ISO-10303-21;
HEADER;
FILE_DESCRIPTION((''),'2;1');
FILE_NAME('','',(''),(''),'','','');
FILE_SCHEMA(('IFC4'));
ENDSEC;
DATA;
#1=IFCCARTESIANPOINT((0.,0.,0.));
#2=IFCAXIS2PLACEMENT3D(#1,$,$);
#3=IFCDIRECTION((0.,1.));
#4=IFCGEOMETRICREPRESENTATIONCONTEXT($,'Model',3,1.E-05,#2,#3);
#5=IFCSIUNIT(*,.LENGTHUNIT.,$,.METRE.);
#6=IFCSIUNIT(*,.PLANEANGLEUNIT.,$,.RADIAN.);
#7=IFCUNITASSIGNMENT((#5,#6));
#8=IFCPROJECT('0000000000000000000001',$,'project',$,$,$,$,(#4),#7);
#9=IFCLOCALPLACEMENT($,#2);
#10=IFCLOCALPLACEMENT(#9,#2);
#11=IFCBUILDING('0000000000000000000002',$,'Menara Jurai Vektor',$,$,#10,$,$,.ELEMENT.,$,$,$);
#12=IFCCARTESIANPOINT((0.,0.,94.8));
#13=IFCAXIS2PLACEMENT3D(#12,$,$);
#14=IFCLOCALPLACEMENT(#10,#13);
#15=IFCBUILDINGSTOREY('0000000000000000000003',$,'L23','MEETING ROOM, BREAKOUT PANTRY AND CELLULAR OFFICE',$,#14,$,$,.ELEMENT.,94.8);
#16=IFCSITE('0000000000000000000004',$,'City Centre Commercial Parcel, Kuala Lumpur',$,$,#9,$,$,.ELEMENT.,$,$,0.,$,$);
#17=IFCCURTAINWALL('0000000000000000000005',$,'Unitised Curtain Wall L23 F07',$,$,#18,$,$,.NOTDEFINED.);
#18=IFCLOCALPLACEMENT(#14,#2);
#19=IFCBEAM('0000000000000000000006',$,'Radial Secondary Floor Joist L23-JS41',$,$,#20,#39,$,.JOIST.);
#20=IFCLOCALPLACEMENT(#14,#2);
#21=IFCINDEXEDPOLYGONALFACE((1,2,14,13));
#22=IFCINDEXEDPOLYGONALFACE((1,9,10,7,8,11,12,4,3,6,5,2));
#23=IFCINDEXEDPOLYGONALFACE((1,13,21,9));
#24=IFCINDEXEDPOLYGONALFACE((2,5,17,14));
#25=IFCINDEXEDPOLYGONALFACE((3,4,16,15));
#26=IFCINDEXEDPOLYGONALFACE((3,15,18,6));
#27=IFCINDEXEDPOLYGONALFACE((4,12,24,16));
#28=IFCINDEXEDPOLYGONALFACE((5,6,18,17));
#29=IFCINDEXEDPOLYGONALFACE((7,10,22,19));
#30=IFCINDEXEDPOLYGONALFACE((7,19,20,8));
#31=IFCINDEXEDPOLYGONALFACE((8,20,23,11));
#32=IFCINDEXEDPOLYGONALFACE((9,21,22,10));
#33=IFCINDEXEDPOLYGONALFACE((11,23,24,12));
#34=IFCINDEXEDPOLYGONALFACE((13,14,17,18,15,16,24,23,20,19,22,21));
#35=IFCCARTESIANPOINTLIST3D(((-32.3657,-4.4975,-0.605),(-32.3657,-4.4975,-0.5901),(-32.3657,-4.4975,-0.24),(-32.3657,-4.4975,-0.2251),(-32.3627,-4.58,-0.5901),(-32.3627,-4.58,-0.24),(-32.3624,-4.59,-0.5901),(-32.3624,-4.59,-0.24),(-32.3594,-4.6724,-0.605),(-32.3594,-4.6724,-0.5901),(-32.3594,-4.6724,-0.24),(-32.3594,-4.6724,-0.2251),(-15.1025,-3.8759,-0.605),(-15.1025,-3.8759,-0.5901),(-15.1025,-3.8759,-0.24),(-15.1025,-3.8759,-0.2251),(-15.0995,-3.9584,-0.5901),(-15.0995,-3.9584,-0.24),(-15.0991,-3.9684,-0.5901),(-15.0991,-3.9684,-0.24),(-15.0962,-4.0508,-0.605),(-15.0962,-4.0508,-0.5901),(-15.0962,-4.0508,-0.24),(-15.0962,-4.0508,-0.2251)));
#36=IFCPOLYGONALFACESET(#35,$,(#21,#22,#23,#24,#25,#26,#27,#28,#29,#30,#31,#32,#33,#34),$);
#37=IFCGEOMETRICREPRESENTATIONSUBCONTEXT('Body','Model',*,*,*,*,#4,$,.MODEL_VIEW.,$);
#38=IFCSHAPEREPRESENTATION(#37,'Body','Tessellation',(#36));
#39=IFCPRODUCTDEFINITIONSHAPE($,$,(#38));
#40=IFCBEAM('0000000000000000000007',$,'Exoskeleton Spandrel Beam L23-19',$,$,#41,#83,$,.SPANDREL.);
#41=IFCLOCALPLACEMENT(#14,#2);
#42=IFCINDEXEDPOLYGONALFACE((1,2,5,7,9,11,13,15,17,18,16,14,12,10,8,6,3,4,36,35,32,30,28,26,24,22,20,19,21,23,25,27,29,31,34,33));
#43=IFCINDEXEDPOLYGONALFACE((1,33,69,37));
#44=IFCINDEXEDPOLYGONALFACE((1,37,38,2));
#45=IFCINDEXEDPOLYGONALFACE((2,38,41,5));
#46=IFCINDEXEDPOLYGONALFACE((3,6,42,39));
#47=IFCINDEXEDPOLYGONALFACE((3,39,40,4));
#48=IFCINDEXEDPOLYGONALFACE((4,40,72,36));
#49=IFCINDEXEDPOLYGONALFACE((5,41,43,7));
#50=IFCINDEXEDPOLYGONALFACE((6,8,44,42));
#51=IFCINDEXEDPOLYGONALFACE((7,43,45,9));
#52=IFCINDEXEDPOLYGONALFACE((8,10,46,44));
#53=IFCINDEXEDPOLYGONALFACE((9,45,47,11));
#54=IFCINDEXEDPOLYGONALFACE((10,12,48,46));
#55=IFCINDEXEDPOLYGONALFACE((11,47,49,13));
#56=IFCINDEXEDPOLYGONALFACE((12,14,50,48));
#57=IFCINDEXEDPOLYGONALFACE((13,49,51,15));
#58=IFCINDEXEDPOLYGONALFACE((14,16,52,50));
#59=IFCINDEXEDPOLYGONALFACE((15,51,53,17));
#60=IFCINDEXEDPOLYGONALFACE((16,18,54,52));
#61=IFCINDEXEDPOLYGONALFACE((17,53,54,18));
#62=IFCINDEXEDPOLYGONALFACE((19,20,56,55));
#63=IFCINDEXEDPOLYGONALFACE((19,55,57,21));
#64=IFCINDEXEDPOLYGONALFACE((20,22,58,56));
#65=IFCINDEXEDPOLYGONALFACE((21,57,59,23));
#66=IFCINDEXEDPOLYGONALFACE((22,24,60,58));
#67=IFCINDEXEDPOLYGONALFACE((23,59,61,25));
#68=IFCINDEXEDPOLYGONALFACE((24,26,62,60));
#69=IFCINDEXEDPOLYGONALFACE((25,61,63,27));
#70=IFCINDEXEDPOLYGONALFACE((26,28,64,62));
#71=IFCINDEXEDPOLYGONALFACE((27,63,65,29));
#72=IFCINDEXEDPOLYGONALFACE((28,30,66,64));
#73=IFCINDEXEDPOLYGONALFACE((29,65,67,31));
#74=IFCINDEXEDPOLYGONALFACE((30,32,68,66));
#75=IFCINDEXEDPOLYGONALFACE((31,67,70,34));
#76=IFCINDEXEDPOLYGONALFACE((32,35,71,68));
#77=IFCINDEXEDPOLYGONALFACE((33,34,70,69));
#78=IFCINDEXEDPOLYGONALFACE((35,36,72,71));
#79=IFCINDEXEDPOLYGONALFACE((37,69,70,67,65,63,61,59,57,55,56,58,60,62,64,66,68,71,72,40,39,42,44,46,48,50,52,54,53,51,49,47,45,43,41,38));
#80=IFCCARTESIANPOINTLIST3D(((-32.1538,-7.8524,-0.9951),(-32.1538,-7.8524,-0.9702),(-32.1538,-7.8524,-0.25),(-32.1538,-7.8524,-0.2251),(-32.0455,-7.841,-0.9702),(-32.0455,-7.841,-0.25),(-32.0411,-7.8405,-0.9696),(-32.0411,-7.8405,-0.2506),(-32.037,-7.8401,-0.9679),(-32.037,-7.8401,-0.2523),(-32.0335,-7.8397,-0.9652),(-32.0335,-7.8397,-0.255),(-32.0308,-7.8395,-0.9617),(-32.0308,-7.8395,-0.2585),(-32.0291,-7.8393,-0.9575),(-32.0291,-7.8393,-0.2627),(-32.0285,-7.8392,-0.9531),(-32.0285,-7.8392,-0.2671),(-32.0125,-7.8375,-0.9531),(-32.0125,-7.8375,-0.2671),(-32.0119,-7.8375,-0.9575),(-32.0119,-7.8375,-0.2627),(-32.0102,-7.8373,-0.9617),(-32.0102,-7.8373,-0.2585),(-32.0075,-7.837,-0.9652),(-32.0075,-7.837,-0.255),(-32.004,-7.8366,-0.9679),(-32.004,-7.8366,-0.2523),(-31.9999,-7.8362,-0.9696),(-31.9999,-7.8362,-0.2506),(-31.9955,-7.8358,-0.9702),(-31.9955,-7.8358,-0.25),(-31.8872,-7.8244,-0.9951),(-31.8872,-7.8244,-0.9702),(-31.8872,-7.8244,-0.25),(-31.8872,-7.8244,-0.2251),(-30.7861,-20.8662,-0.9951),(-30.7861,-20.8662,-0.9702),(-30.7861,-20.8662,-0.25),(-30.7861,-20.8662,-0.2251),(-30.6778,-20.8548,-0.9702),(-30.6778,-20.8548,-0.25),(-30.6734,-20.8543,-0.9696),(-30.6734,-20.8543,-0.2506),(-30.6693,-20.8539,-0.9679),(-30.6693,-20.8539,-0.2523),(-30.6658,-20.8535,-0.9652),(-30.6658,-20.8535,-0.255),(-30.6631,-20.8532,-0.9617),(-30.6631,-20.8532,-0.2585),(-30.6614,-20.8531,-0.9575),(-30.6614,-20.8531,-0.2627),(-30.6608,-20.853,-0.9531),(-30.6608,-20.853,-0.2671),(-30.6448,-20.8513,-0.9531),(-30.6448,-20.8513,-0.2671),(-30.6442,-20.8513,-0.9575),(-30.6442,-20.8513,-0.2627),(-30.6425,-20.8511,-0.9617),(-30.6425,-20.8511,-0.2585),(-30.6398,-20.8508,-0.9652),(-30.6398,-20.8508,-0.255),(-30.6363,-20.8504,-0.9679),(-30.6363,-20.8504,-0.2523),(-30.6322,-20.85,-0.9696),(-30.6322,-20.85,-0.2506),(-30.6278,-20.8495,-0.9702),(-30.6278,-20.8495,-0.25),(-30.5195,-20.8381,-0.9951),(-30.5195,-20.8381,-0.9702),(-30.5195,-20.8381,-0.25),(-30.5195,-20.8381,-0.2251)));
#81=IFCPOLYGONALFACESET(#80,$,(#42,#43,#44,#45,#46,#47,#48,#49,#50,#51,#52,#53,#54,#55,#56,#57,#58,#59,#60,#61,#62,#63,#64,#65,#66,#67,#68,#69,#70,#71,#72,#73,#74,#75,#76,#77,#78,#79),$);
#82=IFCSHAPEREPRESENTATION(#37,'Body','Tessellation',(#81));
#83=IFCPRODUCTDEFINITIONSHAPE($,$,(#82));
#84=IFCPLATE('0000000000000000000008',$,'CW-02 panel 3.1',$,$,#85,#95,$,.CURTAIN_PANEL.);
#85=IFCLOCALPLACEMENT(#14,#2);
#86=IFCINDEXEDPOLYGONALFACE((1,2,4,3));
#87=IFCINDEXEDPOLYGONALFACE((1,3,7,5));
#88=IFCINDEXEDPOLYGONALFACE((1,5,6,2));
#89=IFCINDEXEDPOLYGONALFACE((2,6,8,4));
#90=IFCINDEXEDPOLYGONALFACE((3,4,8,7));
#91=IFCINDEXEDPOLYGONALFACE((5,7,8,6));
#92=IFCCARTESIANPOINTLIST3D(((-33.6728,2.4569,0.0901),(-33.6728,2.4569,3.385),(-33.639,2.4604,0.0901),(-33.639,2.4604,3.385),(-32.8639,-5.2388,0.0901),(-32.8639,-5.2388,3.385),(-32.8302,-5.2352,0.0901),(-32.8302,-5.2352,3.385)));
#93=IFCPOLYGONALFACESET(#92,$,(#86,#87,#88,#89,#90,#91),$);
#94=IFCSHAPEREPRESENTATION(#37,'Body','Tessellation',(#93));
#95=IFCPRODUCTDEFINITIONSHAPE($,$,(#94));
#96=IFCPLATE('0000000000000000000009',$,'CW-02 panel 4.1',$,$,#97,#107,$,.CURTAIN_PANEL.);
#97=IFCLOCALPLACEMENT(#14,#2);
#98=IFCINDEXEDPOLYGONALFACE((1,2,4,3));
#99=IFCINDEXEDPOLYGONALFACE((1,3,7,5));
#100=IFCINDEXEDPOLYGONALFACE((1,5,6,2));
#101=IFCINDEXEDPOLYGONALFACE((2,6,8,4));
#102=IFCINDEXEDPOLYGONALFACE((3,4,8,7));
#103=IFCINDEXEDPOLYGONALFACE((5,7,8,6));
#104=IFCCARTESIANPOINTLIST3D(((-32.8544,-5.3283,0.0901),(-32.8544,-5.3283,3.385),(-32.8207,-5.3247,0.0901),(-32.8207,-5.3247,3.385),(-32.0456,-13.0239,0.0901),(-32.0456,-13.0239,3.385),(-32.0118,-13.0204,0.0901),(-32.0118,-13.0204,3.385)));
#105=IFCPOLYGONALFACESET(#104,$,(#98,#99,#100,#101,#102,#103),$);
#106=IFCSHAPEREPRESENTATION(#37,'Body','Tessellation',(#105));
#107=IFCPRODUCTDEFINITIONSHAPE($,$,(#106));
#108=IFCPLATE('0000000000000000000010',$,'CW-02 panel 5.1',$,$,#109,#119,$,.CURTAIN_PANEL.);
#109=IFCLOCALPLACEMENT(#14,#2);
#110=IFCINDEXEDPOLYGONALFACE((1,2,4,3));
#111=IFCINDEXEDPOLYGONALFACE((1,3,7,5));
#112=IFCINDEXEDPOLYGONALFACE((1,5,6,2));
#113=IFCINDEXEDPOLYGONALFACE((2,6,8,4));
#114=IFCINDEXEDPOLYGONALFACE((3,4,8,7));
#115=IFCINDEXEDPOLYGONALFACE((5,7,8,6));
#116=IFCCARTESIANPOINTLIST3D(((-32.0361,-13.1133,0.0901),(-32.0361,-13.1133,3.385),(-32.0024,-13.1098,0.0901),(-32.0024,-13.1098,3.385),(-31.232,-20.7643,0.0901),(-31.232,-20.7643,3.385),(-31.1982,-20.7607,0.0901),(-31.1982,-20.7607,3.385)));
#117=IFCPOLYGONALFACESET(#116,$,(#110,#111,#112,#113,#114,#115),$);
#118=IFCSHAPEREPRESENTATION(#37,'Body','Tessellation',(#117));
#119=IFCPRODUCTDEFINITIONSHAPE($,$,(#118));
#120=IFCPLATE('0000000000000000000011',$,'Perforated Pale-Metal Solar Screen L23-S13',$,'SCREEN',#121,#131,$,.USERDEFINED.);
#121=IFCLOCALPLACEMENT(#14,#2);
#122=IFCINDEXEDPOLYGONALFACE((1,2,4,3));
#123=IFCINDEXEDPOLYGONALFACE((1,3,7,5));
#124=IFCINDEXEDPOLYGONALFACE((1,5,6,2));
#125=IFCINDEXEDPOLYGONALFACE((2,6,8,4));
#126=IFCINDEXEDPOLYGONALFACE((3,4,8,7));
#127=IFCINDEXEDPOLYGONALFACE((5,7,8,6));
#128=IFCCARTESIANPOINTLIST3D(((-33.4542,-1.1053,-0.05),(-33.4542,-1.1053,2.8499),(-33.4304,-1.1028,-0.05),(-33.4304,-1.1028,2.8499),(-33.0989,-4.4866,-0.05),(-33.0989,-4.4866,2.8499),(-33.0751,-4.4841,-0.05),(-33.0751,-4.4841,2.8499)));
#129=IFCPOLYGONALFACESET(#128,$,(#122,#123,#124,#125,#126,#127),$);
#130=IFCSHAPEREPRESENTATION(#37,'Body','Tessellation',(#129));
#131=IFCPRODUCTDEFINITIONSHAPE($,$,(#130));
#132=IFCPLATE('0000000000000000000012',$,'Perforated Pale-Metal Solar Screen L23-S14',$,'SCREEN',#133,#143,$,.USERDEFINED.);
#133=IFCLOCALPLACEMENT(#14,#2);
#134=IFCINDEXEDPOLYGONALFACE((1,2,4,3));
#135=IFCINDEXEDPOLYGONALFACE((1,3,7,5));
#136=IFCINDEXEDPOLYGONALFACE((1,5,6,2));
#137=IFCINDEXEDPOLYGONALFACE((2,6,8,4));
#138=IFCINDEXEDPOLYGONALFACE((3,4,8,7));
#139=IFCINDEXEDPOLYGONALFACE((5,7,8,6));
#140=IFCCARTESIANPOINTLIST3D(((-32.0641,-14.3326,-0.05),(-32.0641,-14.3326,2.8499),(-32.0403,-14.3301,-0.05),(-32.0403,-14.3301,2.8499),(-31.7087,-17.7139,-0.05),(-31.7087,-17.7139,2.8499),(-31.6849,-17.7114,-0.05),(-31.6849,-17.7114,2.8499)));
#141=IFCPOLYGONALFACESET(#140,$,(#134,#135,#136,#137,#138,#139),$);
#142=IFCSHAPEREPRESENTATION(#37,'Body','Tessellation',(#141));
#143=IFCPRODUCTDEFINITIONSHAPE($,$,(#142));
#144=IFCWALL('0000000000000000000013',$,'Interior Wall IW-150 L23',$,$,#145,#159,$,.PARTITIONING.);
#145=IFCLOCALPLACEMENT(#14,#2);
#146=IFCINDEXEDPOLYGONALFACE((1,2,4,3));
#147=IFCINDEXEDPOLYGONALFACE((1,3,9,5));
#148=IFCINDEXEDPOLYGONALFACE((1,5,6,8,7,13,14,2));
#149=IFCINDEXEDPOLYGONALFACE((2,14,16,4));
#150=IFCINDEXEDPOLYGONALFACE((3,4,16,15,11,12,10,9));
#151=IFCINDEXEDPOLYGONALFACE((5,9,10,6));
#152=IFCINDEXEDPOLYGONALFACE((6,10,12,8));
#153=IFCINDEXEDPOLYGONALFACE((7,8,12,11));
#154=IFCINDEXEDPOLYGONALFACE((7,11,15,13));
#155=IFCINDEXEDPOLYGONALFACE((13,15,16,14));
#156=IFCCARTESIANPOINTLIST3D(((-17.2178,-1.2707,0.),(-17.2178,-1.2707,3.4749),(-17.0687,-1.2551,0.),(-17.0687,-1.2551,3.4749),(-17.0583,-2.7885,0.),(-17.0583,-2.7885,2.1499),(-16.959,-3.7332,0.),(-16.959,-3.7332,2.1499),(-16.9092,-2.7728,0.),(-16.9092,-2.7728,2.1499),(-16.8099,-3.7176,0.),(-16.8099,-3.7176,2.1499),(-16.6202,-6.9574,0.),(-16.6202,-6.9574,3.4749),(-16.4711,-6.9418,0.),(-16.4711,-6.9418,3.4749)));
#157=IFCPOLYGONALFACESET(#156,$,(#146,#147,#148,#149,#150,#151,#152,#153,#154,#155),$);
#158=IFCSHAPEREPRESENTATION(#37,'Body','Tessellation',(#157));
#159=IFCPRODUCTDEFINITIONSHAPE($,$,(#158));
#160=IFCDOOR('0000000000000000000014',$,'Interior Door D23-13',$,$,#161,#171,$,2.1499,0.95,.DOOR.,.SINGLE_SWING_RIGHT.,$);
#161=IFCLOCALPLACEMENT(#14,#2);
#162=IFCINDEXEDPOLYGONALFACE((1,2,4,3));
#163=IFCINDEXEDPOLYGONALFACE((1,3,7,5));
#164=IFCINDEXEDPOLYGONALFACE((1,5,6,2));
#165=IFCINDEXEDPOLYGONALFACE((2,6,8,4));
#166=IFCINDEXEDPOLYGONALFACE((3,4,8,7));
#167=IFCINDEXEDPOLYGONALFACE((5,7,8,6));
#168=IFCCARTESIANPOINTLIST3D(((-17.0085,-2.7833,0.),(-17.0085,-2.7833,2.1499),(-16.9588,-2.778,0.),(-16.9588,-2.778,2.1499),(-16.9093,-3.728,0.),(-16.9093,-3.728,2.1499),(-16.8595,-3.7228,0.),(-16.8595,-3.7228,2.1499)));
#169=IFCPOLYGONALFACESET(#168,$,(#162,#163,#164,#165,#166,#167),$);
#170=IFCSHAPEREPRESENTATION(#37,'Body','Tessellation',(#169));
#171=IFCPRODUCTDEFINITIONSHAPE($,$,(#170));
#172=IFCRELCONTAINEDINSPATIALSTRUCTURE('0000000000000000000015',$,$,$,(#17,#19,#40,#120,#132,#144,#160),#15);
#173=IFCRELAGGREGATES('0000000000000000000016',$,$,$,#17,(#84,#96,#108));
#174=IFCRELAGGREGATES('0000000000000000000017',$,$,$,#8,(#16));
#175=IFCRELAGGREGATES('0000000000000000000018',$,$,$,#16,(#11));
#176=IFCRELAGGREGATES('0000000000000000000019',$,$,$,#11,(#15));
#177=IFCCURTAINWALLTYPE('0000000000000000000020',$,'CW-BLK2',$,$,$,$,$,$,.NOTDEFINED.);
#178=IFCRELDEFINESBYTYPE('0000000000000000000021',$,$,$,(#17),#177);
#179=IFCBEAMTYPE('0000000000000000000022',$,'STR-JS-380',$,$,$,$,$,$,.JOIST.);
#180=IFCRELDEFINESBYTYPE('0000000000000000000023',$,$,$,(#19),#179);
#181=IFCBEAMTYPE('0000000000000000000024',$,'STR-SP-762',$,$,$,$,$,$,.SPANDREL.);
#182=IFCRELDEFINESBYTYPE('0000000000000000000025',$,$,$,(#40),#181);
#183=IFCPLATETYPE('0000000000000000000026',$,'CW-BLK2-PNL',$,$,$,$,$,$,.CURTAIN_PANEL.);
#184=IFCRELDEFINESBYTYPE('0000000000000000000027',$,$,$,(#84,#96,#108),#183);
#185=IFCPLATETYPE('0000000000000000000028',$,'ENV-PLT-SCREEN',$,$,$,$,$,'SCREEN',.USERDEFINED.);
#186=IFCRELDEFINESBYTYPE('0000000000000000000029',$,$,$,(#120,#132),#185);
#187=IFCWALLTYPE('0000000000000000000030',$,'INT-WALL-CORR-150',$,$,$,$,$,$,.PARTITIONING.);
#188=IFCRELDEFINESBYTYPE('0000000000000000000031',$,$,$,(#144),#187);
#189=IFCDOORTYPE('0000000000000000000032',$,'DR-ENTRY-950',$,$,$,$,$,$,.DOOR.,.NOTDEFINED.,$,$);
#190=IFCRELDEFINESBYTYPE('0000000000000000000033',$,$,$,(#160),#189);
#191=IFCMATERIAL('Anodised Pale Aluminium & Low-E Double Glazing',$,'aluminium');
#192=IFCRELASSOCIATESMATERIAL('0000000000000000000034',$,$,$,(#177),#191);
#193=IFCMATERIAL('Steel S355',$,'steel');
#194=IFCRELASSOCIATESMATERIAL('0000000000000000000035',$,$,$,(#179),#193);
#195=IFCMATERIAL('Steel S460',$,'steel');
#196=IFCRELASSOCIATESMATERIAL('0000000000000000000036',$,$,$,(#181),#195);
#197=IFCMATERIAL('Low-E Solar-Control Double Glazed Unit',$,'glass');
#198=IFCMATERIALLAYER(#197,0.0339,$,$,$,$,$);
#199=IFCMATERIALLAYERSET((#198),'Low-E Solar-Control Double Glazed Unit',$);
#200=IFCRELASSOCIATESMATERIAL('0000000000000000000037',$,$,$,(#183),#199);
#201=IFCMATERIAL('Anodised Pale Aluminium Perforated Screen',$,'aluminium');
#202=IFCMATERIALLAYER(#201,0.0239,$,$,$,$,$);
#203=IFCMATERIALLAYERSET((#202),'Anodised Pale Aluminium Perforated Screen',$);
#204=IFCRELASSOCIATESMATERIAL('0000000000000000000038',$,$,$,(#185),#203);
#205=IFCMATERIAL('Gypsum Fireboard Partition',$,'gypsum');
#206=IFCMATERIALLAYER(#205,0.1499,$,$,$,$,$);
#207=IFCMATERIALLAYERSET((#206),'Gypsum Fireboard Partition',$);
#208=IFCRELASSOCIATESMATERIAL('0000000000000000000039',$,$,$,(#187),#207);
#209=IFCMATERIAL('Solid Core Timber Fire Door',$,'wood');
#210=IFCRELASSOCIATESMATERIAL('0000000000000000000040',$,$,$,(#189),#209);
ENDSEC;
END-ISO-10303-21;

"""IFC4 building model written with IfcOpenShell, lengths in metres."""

from ifc_helpers import new_model, si_unit, direction, frame, frame_2d, origin, origin_2d, place, context, subcontext, project, spatial, rectangle, i_section, extrude, material, layer, layer_set, material_profile, profile_set, type_object, element, fill, aggregate, save


model = new_model("IFC4")

# Units and contexts
model_context = context("Model", 3, precision=1e-05, world=origin(), true_north=direction((0.0, 1.0)))
body_context = subcontext(model_context, "Body", "Model", "MODEL_VIEW")
ifc_project = project(units=[si_unit("LENGTHUNIT", "METRE"), si_unit("PLANEANGLEUNIT", "RADIAN")], contexts=[model_context])

# Site, building, storey
site_placement = place(None, origin())
site = spatial("IfcSite", under=ifc_project, at=site_placement, Name="City Centre Commercial Parcel, Kuala Lumpur", CompositionType="ELEMENT", RefElevation=0.0)
building_placement = place(site_placement, origin())
building = spatial("IfcBuilding", under=site, at=building_placement, Name="Menara Jurai Vektor", CompositionType="ELEMENT")
storey_placement = place(building_placement, frame((0.0, 0.0, 94.8)))
storey = spatial("IfcBuildingStorey", under=building, at=storey_placement, Name="L23", Description="MEETING ROOM, BREAKOUT PANTRY AND CELLULAR OFFICE", CompositionType="ELEMENT", Elevation=94.8)

# Shared definitions
ifc_material_1 = material(Name="Steel S460", Category="steel")

# Curtain wall
ifc_material_2 = material(Name="Anodised Pale Aluminium & Low-E Double Glazing", Category="aluminium")
curtain_wall_type = type_object("IfcCurtainWallType", Name="CW-BLK2", PredefinedType="NOTDEFINED", material=ifc_material_2)
curtain_wall_placement = place(storey_placement, origin())
curtain_wall = element("IfcCurtainWall", 1, at=curtain_wall_placement, inside=storey, type_object=curtain_wall_type, Name="Unitised Curtain Wall L23 F07", PredefinedType="NOTDEFINED")

# Beams
ifc_material_3 = material(Name="Steel S355", Category="steel")
ifc_material_profile_1 = material_profile(ifc_material_3, i_section(OverallWidth=0.175, OverallDepth=0.3799, WebThickness=0.01, FlangeThickness=0.0149, at=origin_2d()), Name="PG 380x175x58")
ifc_profile_set_1 = profile_set([ifc_material_profile_1], Name="Steel S355")
beam_type_1 = type_object("IfcBeamType", Name="STR-JS-380", PredefinedType="JOIST", material=ifc_profile_set_1)
beam_1_placement = place(storey_placement, frame((-32.3625, -4.585, -0.415), z_axis=(0.999352, 0.035983, 0.0), x_axis=(-0.035983, 0.999352, 0.0)))
element("IfcBeam", 2, at=beam_1_placement, inside=storey, type_object=beam_type_1, Name="Radial Secondary Floor Joist L23-JS41", PredefinedType="JOIST", context=body_context, shape_type="SweptSolid", body=[
    extrude(i_section(OverallWidth=0.175, OverallDepth=0.3799, WebThickness=0.01, FlangeThickness=0.0149, at=origin_2d()), origin(), (0.0, 0.0, 1.0), 17.2744),
])
ifc_material_profile_2 = material_profile(ifc_material_1, i_section(OverallWidth=0.2681, OverallDepth=0.77, WebThickness=0.0161, FlangeThickness=0.0249, FilletRadius=0.0171, at=origin_2d()), Name="UKB 762x267x197")
ifc_profile_set_2 = profile_set([ifc_material_profile_2], Name="Steel S460")
beam_type_2 = type_object("IfcBeamType", Name="STR-SP-762", PredefinedType="SPANDREL", material=ifc_profile_set_2)
beam_2_placement = place(storey_placement, frame((-32.0205, -7.8384, -0.6101), z_axis=(0.10452, -0.994523, 0.0), x_axis=(0.994523, 0.10452, 0.0)))
element("IfcBeam", 3, at=beam_2_placement, inside=storey, type_object=beam_type_2, Name="Exoskeleton Spandrel Beam L23-19", PredefinedType="SPANDREL", context=body_context, shape_type="SweptSolid", body=[
    extrude(i_section(OverallWidth=0.2681, OverallDepth=0.77, WebThickness=0.0161, FlangeThickness=0.0249, FilletRadius=0.0171, at=origin_2d()), origin(), (0.0, 0.0, 1.0), 13.0854),
])

# Plates
ifc_material_4 = material(Name="Low-E Solar-Control Double Glazed Unit", Category="glass")
ifc_layer_1 = layer(ifc_material_4, 0.0339)
ifc_layer_set_1 = layer_set([ifc_layer_1], Name="Low-E Solar-Control Double Glazed Unit")
plate_type_1 = type_object("IfcPlateType", Name="CW-BLK2-PNL", PredefinedType="CURTAIN_PANEL", material=ifc_layer_set_1)
plate_1_placement = place(storey_placement, frame((-33.2515, -1.3892, 0.0901), z_axis=(0.0, 0.0, 1.0), x_axis=(0.10453, -0.994522, 0.0)))
plate_1 = element("IfcPlate", 4, at=plate_1_placement, type_object=plate_type_1, Name="CW-02 panel 3.1", PredefinedType="CURTAIN_PANEL", context=body_context, shape_type="SweptSolid", body=[
    extrude(rectangle(XDim=7.738, YDim=0.0339, at=origin_2d()), origin(), (0.0, 0.0, 1.0), 3.2949),
])
plate_2_placement = place(storey_placement, frame((-32.4331, -9.1743, 0.0901), z_axis=(0.0, 0.0, 1.0), x_axis=(0.10453, -0.994522, 0.0)))
plate_2 = element("IfcPlate", 5, at=plate_2_placement, type_object=plate_type_1, Name="CW-02 panel 4.1", PredefinedType="CURTAIN_PANEL", context=body_context, shape_type="SweptSolid", body=[
    extrude(rectangle(XDim=7.738, YDim=0.0339, at=origin_2d()), origin(), (0.0, 0.0, 1.0), 3.2949),
])
plate_3_placement = place(storey_placement, frame((-31.6172, -16.937, 0.0901), z_axis=(0.0, 0.0, 1.0), x_axis=(0.10453, -0.994522, 0.0)))
plate_3 = element("IfcPlate", 6, at=plate_3_placement, type_object=plate_type_1, Name="CW-02 panel 5.1", PredefinedType="CURTAIN_PANEL", context=body_context, shape_type="SweptSolid", body=[
    extrude(rectangle(XDim=7.6931, YDim=0.0339, at=origin_2d()), origin(), (0.0, 0.0, 1.0), 3.2949),
])
aggregate(curtain_wall, [plate_1, plate_2, plate_3])

# Plates
ifc_material_5 = material(Name="Anodised Pale Aluminium Perforated Screen", Category="aluminium")
ifc_layer_2 = layer(ifc_material_5, 0.0239)
ifc_layer_set_2 = layer_set([ifc_layer_2], Name="Anodised Pale Aluminium Perforated Screen")
plate_type_2 = type_object("IfcPlateType", Name="ENV-PLT-SCREEN", ElementType="SCREEN", PredefinedType="USERDEFINED", material=ifc_layer_set_2)
for number, where, z_axis, x_axis, name in (
    (7, (-33.2646, -2.7947, -0.05), (0.0, 0.0, 1.0), (0.104528, -0.994522, 0.0), "Perforated Pale-Metal Solar Screen L23-S13"),
    (8, (-31.8745, -16.022, -0.05), (0.0, 0.0, 1.0), (0.104528, -0.994522, 0.0), "Perforated Pale-Metal Solar Screen L23-S14"),
):
    element("IfcPlate", number, at=place(storey_placement, frame(where, z_axis=z_axis, x_axis=x_axis)), inside=storey, type_object=plate_type_2, Name=name, ObjectType="SCREEN", PredefinedType="USERDEFINED", context=body_context, shape_type="SweptSolid", body=[
        extrude(rectangle(XDim=3.3999, YDim=0.0239, at=origin_2d()), origin(), (0.0, 0.0, 1.0), 2.8999),
    ])

# Wall, opening, door
ifc_material_6 = material(Name="Gypsum Fireboard Partition", Category="gypsum")
ifc_layer_3 = layer(ifc_material_6, 0.1499)
ifc_layer_set_3 = layer_set([ifc_layer_3], Name="Gypsum Fireboard Partition")
wall_type = type_object("IfcWallType", Name="INT-WALL-CORR-150", PredefinedType="PARTITIONING", material=ifc_layer_set_3)
ifc_material_7 = material(Name="Solid Core Timber Fire Door", Category="wood")
door_type = type_object("IfcDoorType", Name="DR-ENTRY-950", OperationType="NOTDEFINED", PredefinedType="DOOR", material=ifc_material_7)
wall_1_placement = place(storey_placement, frame((-16.5457, -6.9495, 0.0), z_axis=(0.0, 0.0, 1.0), x_axis=(-0.10452, 0.994523, 0.0)))
wall_1 = element("IfcWall", 9, at=wall_1_placement, inside=storey, type_object=wall_type, Name="Interior Wall IW-150 L23", PredefinedType="PARTITIONING", context=body_context, shape_type="SweptSolid", body=[
    extrude(rectangle(XDim=5.718, YDim=0.1499, at=frame_2d((2.8589, 0.0))), origin(), (0.0, 0.0, 1.0), 3.4749),
])
opening_1_placement = place(wall_1_placement, frame((3.2417, 0.0, 0.0)))
opening_1 = element("IfcOpeningElement", 10, at=opening_1_placement, cuts=wall_1, PredefinedType="OPENING", context=body_context, shape_type="SweptSolid", body=[
    extrude(rectangle(XDim=0.95, YDim=2.1499, at=frame_2d((0.4751, 1.075))), frame((0.0, 0.085, 0.0), z_axis=(0.0, -1.0, 0.0), x_axis=(1.0, 0.0, 0.0)), (0.0, 0.0, 1.0), 0.1699),
])
door_1_placement = place(opening_1_placement, origin())
door_1 = element("IfcDoor", 11, at=door_1_placement, inside=storey, type_object=door_type, Name="Interior Door D23-13", OperationType="SINGLE_SWING_RIGHT", OverallHeight=2.1499, OverallWidth=0.95, PredefinedType="DOOR", context=body_context, shape_type="SweptSolid", body=[
    extrude(rectangle(XDim=0.95, YDim=2.1499, at=frame_2d((0.4751, 1.075))), frame((0.0, 0.0249, 0.0), z_axis=(0.0, -1.0, 0.0), x_axis=(1.0, 0.0, 0.0)), (0.0, 0.0, 1.0), 0.05),
])
fill(opening_1, door_1)

save(model, "model.ifc")
